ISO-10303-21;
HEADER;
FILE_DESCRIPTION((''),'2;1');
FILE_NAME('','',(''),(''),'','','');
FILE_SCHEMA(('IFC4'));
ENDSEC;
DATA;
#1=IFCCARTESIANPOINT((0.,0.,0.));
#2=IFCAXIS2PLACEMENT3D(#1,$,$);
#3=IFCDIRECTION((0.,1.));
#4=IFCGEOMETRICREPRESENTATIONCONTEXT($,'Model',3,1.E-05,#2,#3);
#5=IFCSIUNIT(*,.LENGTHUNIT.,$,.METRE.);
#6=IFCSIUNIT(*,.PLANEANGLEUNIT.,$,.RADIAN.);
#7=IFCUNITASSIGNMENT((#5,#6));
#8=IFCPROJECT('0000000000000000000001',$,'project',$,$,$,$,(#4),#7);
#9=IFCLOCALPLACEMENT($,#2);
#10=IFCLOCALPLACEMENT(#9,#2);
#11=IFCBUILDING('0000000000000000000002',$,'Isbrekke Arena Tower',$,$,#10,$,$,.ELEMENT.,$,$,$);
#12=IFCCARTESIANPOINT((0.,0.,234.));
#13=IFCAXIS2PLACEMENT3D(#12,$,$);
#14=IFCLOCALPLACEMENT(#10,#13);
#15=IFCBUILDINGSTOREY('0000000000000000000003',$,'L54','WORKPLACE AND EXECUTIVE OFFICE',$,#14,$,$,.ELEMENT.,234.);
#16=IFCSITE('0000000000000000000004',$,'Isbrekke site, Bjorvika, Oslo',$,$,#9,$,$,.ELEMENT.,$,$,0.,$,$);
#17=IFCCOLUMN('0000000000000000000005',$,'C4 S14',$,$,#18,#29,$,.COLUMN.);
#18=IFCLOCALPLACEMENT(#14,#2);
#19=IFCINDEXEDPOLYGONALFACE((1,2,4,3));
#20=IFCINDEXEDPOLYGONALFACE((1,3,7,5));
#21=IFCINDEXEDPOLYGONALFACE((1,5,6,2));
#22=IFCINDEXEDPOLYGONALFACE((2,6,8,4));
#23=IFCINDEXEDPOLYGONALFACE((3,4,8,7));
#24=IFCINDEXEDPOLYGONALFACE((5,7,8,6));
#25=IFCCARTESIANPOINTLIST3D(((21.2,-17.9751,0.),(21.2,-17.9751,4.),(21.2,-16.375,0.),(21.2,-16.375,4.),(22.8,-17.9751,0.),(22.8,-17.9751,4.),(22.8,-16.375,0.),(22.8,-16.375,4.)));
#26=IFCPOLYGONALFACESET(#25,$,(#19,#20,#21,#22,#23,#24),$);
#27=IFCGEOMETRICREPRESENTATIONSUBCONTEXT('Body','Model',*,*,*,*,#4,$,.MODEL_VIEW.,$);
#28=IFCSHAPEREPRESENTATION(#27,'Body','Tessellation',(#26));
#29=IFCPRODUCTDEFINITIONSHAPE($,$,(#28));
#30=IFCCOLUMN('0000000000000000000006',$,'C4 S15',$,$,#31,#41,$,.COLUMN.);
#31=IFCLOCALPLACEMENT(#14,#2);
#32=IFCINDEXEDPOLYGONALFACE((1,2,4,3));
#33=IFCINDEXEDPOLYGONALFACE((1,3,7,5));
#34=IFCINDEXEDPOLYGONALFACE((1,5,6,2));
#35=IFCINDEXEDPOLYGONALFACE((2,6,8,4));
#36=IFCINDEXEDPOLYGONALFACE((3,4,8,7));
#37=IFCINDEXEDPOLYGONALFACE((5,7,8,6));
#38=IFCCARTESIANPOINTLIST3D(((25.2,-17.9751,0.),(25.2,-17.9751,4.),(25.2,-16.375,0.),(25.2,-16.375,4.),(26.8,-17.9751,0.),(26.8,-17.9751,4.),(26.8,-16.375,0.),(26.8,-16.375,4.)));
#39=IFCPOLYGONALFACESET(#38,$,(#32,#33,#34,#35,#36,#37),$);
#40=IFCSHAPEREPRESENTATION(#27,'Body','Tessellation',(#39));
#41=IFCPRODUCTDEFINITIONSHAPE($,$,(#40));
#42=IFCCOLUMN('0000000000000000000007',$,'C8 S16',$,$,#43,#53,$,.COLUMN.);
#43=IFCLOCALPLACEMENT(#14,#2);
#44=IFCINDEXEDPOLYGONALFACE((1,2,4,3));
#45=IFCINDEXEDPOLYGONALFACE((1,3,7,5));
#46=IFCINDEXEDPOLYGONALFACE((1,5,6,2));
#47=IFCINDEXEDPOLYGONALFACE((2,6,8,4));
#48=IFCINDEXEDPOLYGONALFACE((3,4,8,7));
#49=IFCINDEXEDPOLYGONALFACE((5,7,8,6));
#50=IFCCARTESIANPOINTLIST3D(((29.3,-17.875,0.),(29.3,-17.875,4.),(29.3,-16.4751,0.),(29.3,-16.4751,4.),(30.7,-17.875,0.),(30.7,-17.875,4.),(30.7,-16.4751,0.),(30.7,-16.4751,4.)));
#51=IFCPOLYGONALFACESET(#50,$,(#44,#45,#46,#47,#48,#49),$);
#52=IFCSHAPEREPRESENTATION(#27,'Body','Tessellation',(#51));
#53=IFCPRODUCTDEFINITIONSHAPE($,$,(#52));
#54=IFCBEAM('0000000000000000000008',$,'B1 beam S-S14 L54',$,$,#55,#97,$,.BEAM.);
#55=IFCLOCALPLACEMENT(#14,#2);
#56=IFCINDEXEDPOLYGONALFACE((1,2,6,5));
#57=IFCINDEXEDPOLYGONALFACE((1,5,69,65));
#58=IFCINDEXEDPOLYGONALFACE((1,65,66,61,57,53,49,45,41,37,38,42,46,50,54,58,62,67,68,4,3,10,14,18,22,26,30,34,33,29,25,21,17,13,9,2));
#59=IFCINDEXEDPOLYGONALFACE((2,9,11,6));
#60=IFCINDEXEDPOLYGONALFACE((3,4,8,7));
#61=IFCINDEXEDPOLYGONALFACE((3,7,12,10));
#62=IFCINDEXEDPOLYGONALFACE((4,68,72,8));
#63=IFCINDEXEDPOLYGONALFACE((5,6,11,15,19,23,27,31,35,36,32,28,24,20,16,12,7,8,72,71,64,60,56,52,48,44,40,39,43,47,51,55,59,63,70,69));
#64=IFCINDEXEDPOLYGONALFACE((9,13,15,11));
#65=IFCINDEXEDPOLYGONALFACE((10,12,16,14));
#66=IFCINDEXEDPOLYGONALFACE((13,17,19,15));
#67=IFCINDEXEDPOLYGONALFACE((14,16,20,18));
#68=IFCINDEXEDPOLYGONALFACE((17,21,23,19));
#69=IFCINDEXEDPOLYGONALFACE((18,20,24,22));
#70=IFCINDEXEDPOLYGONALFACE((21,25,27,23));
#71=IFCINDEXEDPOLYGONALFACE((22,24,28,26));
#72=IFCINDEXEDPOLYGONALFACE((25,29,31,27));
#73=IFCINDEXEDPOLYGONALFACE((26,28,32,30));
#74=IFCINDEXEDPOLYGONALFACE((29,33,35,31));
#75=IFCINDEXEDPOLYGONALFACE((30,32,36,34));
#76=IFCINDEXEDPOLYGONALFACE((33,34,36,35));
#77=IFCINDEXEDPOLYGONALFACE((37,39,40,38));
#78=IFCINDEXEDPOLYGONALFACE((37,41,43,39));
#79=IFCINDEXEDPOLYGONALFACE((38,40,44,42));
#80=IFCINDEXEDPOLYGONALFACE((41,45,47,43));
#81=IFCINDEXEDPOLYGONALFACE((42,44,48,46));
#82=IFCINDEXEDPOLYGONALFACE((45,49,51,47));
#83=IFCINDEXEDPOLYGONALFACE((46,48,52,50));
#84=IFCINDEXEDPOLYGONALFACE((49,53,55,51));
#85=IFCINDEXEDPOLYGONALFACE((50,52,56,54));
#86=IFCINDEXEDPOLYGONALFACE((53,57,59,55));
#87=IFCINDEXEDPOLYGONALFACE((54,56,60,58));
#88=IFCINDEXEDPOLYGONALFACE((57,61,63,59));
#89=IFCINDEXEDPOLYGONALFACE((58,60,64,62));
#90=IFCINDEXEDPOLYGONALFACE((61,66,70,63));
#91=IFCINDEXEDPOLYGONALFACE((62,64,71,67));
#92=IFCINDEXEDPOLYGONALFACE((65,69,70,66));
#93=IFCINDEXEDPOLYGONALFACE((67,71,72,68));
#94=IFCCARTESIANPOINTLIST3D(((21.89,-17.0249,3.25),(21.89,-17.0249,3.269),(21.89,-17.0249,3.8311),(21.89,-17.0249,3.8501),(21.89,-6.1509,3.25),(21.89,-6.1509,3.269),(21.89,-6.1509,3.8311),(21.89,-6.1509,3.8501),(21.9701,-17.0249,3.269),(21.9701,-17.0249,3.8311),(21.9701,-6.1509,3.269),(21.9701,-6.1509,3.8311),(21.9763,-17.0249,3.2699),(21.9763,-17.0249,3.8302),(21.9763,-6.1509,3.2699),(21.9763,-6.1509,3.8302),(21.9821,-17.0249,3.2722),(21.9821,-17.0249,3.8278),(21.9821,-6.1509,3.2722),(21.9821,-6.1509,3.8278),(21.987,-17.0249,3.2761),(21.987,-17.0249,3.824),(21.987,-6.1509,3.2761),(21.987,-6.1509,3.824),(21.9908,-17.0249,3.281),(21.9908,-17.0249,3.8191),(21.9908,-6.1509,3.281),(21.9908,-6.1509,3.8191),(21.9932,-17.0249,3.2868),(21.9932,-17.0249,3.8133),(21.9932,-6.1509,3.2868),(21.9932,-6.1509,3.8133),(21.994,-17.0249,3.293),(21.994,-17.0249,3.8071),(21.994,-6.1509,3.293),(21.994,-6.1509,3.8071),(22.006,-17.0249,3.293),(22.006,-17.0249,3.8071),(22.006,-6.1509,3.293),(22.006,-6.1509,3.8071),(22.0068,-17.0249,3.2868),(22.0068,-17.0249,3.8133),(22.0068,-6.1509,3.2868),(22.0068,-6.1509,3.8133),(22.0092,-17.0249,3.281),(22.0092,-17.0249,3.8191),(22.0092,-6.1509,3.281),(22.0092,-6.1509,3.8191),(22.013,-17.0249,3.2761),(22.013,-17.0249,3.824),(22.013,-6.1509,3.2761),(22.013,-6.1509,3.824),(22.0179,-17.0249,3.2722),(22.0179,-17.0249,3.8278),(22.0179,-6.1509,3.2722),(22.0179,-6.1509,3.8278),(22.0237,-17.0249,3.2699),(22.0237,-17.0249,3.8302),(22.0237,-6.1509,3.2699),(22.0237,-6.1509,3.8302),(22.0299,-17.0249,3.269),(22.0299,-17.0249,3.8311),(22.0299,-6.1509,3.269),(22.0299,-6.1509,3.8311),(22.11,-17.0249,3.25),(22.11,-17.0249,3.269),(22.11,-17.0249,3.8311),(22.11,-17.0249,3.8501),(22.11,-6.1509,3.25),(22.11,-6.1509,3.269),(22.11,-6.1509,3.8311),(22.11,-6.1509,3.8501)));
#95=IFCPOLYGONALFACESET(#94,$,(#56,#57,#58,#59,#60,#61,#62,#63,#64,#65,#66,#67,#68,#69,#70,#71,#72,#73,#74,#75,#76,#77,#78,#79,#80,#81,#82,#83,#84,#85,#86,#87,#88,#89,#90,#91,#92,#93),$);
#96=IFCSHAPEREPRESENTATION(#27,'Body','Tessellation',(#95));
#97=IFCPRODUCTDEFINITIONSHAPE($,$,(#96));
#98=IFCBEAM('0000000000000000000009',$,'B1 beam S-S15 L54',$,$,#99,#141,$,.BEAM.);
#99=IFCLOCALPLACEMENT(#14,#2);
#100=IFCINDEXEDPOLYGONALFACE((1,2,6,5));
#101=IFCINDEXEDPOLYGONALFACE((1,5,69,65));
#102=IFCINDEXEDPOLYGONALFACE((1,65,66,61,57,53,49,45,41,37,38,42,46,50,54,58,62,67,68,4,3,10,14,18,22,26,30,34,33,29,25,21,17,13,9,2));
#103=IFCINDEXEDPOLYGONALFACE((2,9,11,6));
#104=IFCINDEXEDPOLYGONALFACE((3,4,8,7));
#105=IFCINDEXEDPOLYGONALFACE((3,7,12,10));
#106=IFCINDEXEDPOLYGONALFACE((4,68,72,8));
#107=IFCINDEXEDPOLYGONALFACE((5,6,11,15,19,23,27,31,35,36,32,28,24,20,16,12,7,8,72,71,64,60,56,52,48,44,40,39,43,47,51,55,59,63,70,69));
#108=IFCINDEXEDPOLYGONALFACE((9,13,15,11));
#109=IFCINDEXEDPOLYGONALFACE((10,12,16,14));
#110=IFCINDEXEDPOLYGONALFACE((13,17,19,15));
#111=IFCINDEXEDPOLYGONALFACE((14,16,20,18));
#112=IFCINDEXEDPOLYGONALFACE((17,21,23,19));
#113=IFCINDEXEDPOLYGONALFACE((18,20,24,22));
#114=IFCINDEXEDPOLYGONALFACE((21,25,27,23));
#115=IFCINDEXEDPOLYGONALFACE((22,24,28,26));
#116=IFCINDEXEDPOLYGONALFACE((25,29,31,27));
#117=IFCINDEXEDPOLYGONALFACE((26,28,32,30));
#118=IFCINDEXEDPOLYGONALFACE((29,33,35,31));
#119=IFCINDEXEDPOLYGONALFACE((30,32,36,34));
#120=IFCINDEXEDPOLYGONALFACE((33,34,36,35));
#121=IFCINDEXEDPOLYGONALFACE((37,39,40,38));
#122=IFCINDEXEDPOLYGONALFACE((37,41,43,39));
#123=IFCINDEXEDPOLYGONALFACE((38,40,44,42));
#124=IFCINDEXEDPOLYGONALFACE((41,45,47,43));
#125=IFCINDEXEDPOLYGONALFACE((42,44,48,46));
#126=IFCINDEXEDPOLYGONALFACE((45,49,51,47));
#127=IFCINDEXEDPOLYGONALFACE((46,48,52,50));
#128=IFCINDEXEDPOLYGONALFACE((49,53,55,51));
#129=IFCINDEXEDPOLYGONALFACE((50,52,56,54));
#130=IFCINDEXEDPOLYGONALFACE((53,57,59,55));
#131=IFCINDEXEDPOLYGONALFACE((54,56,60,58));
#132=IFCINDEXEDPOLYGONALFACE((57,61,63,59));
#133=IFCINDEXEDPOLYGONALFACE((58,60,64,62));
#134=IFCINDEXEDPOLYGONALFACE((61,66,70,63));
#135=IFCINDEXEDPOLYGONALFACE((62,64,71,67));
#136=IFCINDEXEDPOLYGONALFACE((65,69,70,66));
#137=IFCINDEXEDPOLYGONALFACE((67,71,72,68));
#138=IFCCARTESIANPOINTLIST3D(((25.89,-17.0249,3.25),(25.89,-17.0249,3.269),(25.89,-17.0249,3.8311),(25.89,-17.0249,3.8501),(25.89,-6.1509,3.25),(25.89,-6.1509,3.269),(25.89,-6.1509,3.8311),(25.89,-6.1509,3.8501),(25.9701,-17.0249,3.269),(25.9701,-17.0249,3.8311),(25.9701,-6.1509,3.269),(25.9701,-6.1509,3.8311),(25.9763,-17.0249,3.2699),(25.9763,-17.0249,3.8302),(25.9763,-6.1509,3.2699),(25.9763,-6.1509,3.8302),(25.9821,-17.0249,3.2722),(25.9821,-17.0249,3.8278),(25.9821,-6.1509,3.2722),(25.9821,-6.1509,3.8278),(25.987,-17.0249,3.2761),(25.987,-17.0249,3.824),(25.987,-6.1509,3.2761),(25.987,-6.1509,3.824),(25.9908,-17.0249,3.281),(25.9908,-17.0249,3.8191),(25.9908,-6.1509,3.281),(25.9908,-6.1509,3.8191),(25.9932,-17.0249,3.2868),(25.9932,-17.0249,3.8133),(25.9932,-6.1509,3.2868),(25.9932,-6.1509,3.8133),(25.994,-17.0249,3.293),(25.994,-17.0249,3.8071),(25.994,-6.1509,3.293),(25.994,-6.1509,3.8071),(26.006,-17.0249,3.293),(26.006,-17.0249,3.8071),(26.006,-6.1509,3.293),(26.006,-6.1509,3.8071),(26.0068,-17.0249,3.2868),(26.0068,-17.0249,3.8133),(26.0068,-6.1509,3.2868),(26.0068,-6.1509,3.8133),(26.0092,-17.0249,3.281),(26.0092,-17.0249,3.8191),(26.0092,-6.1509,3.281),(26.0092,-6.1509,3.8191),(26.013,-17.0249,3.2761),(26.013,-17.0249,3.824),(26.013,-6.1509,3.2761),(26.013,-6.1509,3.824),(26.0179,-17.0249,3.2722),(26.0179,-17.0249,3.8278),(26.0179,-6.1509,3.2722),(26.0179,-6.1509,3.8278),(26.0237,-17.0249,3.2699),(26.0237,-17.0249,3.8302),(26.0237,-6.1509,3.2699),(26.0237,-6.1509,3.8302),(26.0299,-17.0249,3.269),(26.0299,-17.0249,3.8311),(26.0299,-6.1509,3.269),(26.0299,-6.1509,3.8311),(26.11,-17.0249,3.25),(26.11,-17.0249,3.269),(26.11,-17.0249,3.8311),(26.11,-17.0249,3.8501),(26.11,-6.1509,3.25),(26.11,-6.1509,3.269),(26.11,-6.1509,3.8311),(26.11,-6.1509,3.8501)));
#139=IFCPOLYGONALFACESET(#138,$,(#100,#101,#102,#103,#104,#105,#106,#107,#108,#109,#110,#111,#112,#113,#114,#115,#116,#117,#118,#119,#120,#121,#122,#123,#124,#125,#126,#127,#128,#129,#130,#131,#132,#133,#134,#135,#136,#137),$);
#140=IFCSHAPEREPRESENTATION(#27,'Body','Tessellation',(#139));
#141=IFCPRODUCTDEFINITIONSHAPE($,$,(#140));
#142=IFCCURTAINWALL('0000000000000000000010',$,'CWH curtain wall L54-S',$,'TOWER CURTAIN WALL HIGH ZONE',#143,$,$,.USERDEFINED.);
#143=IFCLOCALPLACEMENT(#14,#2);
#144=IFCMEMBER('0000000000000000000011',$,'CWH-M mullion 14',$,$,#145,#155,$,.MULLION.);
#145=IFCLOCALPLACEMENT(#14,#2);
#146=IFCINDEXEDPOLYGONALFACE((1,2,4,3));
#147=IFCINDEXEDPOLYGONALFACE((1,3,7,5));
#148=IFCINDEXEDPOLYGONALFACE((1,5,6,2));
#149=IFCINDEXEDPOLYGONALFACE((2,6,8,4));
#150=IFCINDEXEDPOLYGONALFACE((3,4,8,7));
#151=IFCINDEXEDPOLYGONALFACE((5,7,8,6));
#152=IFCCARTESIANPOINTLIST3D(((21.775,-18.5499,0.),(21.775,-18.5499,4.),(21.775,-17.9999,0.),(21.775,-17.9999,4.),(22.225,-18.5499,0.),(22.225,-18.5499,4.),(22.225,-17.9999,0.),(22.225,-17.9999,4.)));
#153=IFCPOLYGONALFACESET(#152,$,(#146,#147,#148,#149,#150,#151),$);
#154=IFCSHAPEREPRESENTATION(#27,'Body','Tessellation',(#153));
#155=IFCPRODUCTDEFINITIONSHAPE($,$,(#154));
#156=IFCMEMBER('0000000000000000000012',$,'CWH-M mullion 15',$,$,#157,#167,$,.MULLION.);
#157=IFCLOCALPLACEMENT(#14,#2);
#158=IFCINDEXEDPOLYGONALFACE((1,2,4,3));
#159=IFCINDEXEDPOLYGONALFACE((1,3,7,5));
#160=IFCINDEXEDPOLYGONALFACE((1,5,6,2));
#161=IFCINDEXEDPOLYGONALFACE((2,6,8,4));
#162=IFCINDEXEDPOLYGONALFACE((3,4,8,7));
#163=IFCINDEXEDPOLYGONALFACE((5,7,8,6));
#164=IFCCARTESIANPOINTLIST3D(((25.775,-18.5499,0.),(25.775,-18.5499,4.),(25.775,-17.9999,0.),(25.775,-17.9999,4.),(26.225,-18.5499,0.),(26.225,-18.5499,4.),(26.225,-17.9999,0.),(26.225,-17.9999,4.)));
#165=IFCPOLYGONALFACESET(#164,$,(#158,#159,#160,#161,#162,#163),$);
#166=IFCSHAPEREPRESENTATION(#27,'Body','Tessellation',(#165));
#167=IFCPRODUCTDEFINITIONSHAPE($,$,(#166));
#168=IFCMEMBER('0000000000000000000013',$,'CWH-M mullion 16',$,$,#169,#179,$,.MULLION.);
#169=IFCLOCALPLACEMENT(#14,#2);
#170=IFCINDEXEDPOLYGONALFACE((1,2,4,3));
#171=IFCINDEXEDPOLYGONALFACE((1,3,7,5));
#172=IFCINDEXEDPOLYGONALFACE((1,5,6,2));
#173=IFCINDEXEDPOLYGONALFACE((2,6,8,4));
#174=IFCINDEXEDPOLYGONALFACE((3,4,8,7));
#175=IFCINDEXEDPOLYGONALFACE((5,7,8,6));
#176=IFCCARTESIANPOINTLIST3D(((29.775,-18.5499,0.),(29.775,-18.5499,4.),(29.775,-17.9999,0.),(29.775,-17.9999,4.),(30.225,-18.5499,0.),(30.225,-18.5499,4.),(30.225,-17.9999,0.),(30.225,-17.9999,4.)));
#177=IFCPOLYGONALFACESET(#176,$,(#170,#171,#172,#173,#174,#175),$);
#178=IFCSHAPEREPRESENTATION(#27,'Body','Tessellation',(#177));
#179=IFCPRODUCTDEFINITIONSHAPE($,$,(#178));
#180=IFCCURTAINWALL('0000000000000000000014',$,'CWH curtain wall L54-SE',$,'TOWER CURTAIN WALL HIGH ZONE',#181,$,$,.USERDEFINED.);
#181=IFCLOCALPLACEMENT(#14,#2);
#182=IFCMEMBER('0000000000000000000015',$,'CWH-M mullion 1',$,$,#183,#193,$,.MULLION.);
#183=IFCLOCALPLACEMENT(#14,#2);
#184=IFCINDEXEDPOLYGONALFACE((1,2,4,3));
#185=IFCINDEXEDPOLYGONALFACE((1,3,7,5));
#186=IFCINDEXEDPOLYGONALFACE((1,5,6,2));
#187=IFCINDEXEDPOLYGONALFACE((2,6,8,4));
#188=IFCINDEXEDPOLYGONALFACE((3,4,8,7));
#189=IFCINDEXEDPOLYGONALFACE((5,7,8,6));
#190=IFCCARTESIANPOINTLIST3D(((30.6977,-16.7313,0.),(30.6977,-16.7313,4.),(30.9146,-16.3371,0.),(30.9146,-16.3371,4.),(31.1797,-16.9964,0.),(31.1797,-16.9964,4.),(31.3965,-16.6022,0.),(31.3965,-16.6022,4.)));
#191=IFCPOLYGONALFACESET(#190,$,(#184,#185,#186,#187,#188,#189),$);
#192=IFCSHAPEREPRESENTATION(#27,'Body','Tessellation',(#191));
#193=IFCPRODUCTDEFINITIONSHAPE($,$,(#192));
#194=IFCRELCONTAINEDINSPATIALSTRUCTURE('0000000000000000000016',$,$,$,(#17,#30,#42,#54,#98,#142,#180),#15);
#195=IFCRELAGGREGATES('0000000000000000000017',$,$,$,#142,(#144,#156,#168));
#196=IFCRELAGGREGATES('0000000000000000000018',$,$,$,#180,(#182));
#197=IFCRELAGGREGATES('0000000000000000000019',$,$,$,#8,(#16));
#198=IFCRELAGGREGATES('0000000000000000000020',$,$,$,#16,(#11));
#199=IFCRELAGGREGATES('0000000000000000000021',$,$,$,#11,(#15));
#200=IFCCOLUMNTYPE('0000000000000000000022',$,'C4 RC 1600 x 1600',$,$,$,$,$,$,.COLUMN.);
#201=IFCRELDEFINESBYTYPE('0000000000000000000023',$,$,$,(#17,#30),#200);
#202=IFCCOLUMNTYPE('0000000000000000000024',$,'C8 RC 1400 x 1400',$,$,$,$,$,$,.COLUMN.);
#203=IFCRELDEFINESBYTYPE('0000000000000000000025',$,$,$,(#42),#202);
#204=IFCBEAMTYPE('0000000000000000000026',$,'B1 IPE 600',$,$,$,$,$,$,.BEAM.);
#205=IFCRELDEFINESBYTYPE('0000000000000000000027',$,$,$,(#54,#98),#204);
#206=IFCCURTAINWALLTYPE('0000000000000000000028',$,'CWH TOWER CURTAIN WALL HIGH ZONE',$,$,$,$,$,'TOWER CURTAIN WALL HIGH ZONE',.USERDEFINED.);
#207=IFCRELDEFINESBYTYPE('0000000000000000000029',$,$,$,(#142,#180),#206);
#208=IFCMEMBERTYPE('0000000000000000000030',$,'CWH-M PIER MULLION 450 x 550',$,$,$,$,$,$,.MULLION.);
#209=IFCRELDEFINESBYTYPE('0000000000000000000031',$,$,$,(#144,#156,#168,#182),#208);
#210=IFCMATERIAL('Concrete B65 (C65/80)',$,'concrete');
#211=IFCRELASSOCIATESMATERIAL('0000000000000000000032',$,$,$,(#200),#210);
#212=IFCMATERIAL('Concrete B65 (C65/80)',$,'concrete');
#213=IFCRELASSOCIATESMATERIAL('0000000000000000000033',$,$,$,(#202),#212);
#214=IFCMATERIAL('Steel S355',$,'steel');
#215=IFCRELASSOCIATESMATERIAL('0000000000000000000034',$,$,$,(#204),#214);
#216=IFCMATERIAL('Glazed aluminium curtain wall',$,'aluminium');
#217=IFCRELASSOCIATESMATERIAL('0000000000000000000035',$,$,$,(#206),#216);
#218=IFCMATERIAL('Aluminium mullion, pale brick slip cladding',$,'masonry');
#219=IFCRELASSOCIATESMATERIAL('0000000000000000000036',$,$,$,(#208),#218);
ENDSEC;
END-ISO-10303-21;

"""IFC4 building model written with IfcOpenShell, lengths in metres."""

from ifc_helpers import new_model, si_unit, direction, frame, origin, origin_2d, place, context, subcontext, project, spatial, rectangle, i_section, extrude, material, material_profile, profile_set, type_object, element, aggregate, save


model = new_model("IFC4")

# Units and contexts
model_context = context("Model", 3, precision=1e-05, world=origin(), true_north=direction((0.0, 1.0)))
body_context = subcontext(model_context, "Body", "Model", "MODEL_VIEW")
ifc_project = project(units=[si_unit("LENGTHUNIT", "METRE"), si_unit("PLANEANGLEUNIT", "RADIAN")], contexts=[model_context])

# Site, building, storey
site_placement = place(None, origin())
site = spatial("IfcSite", under=ifc_project, at=site_placement, Name="Isbrekke site, Bjorvika, Oslo", CompositionType="ELEMENT", RefElevation=0.0)
building_placement = place(site_placement, origin())
building = spatial("IfcBuilding", under=site, at=building_placement, Name="Isbrekke Arena Tower", CompositionType="ELEMENT")
storey_placement = place(building_placement, frame((0.0, 0.0, 234.0)))
storey = spatial("IfcBuildingStorey", under=building, at=storey_placement, Name="L54", Description="WORKPLACE AND EXECUTIVE OFFICE", CompositionType="ELEMENT", Elevation=234.0)

# Columns
ifc_material_1 = material(Name="Concrete B65 (C65/80)", Category="concrete")
ifc_material_profile_1 = material_profile(ifc_material_1, rectangle(XDim=1.6001, YDim=1.6001, at=origin_2d()), Name="RC 1600x1600")
ifc_profile_set_1 = profile_set([ifc_material_profile_1], Name="Concrete B65 (C65/80)")
column_type_1 = type_object("IfcColumnType", Name="C4 RC 1600 x 1600", PredefinedType="COLUMN", material=ifc_profile_set_1)
for number, where, z_axis, x_axis, name in (
    (1, (22.0, -17.175, 0.0), (0.0, 0.0, 1.0), (1.0, 0.0, 0.0), "C4 S14"),
    (2, (26.0, -17.175, 0.0), (0.0, 0.0, 1.0), (1.0, 0.0, 0.0), "C4 S15"),
):
    element("IfcColumn", number, at=place(storey_placement, frame(where, z_axis=z_axis, x_axis=x_axis)), inside=storey, type_object=column_type_1, Name=name, PredefinedType="COLUMN", context=body_context, shape_type="SweptSolid", body=[
        extrude(rectangle(XDim=1.6001, YDim=1.6001, at=origin_2d()), origin(), (0.0, 0.0, 1.0), 4.0),
    ])
ifc_material_2 = material(Name="Concrete B65 (C65/80)", Category="concrete")
ifc_material_profile_2 = material_profile(ifc_material_2, rectangle(XDim=1.3999, YDim=1.3999, at=origin_2d()), Name="RC 1400x1400")
ifc_profile_set_2 = profile_set([ifc_material_profile_2], Name="Concrete B65 (C65/80)")
column_type_2 = type_object("IfcColumnType", Name="C8 RC 1400 x 1400", PredefinedType="COLUMN", material=ifc_profile_set_2)
column_placement = place(storey_placement, frame((30.0, -17.175, 0.0), z_axis=(0.0, 0.0, 1.0), x_axis=(1.0, 0.0, 0.0)))
element("IfcColumn", 3, at=column_placement, inside=storey, type_object=column_type_2, Name="C8 S16", PredefinedType="COLUMN", context=body_context, shape_type="SweptSolid", body=[
    extrude(rectangle(XDim=1.3999, YDim=1.3999, at=origin_2d()), origin(), (0.0, 0.0, 1.0), 4.0),
])

# Beams
ifc_material_3 = material(Name="Steel S355", Category="steel")
ifc_material_profile_3 = material_profile(ifc_material_3, i_section(OverallWidth=0.22, OverallDepth=0.6001, WebThickness=0.012, FlangeThickness=0.019, FilletRadius=0.0239, at=origin_2d()), Name="IPE 600")
ifc_profile_set_3 = profile_set([ifc_material_profile_3], Name="Steel S355")
beam_type_1 = type_object("IfcBeamType", Name="B1 IPE 600", PredefinedType="BEAM", material=ifc_profile_set_3)
for number, where, z_axis, x_axis, name in (
    (4, (22.0, -17.0249, 3.55), (0.0, 1.0, 0.0), (-1.0, 0.0, 0.0), "B1 beam S-S14 L54"),
    (5, (26.0, -17.0249, 3.55), (0.0, 1.0, 0.0), (-1.0, 0.0, 0.0), "B1 beam S-S15 L54"),
):
    element("IfcBeam", number, at=place(storey_placement, frame(where, z_axis=z_axis, x_axis=x_axis)), inside=storey, type_object=beam_type_1, Name=name, PredefinedType="BEAM", context=body_context, shape_type="SweptSolid", body=[
        extrude(i_section(OverallWidth=0.22, OverallDepth=0.6001, WebThickness=0.012, FlangeThickness=0.019, FilletRadius=0.0239, at=origin_2d()), origin(), (0.0, 0.0, 1.0), 10.874),
    ])

# Curtain walls, members
ifc_material_4 = material(Name="Glazed aluminium curtain wall", Category="aluminium")
curtain_wall_type = type_object("IfcCurtainWallType", Name="CWH TOWER CURTAIN WALL HIGH ZONE", ElementType="TOWER CURTAIN WALL HIGH ZONE", PredefinedType="USERDEFINED", material=ifc_material_4)
curtain_wall_1_placement = place(storey_placement, origin())
curtain_wall_1 = element("IfcCurtainWall", 6, at=curtain_wall_1_placement, inside=storey, type_object=curtain_wall_type, Name="CWH curtain wall L54-S", ObjectType="TOWER CURTAIN WALL HIGH ZONE", PredefinedType="USERDEFINED")
ifc_material_5 = material(Name="Aluminium mullion, pale brick slip cladding", Category="masonry")
ifc_material_profile_4 = material_profile(ifc_material_5, rectangle(XDim=0.45, YDim=0.55, at=origin_2d()), Name="PIER 450X550")
ifc_profile_set_4 = profile_set([ifc_material_profile_4], Name="Aluminium mullion, pale brick slip cladding")
member_type_1 = type_object("IfcMemberType", Name="CWH-M PIER MULLION 450 x 550", PredefinedType="MULLION", material=ifc_profile_set_4)
member_1_placement = place(storey_placement, frame((22.0, -18.2749, 0.0), z_axis=(0.0, 0.0, 1.0), x_axis=(1.0, 0.0, 0.0)))
member_1 = element("IfcMember", 7, at=member_1_placement, type_object=member_type_1, Name="CWH-M mullion 14", PredefinedType="MULLION", context=body_context, shape_type="SweptSolid", body=[
    extrude(rectangle(XDim=0.45, YDim=0.55, at=origin_2d()), origin(), (0.0, 0.0, 1.0), 4.0),
])
member_2_placement = place(storey_placement, frame((26.0, -18.2749, 0.0), z_axis=(0.0, 0.0, 1.0), x_axis=(1.0, 0.0, 0.0)))
member_2 = element("IfcMember", 8, at=member_2_placement, type_object=member_type_1, Name="CWH-M mullion 15", PredefinedType="MULLION", context=body_context, shape_type="SweptSolid", body=[
    extrude(rectangle(XDim=0.45, YDim=0.55, at=origin_2d()), origin(), (0.0, 0.0, 1.0), 4.0),
])
member_3_placement = place(storey_placement, frame((30.0, -18.2749, 0.0), z_axis=(0.0, 0.0, 1.0), x_axis=(1.0, 0.0, 0.0)))
member_3 = element("IfcMember", 9, at=member_3_placement, type_object=member_type_1, Name="CWH-M mullion 16", PredefinedType="MULLION", context=body_context, shape_type="SweptSolid", body=[
    extrude(rectangle(XDim=0.45, YDim=0.55, at=origin_2d()), origin(), (0.0, 0.0, 1.0), 4.0),
])
curtain_wall_2_placement = place(storey_placement, origin())
curtain_wall_2 = element("IfcCurtainWall", 10, at=curtain_wall_2_placement, inside=storey, type_object=curtain_wall_type, Name="CWH curtain wall L54-SE", ObjectType="TOWER CURTAIN WALL HIGH ZONE", PredefinedType="USERDEFINED")
member_4_placement = place(storey_placement, frame((31.0471, -16.6667, 0.0), z_axis=(0.0, 0.0, 1.0), x_axis=(0.481919, 0.876216, 0.0)))
member_4 = element("IfcMember", 11, at=member_4_placement, type_object=member_type_1, Name="CWH-M mullion 1", PredefinedType="MULLION", context=body_context, shape_type="SweptSolid", body=[
    extrude(rectangle(XDim=0.45, YDim=0.55, at=origin_2d()), origin(), (0.0, 0.0, 1.0), 4.0),
])

aggregate(curtain_wall_1, [member_1, member_2, member_3])
aggregate(curtain_wall_2, [member_4])

save(model, "model.ifc")
